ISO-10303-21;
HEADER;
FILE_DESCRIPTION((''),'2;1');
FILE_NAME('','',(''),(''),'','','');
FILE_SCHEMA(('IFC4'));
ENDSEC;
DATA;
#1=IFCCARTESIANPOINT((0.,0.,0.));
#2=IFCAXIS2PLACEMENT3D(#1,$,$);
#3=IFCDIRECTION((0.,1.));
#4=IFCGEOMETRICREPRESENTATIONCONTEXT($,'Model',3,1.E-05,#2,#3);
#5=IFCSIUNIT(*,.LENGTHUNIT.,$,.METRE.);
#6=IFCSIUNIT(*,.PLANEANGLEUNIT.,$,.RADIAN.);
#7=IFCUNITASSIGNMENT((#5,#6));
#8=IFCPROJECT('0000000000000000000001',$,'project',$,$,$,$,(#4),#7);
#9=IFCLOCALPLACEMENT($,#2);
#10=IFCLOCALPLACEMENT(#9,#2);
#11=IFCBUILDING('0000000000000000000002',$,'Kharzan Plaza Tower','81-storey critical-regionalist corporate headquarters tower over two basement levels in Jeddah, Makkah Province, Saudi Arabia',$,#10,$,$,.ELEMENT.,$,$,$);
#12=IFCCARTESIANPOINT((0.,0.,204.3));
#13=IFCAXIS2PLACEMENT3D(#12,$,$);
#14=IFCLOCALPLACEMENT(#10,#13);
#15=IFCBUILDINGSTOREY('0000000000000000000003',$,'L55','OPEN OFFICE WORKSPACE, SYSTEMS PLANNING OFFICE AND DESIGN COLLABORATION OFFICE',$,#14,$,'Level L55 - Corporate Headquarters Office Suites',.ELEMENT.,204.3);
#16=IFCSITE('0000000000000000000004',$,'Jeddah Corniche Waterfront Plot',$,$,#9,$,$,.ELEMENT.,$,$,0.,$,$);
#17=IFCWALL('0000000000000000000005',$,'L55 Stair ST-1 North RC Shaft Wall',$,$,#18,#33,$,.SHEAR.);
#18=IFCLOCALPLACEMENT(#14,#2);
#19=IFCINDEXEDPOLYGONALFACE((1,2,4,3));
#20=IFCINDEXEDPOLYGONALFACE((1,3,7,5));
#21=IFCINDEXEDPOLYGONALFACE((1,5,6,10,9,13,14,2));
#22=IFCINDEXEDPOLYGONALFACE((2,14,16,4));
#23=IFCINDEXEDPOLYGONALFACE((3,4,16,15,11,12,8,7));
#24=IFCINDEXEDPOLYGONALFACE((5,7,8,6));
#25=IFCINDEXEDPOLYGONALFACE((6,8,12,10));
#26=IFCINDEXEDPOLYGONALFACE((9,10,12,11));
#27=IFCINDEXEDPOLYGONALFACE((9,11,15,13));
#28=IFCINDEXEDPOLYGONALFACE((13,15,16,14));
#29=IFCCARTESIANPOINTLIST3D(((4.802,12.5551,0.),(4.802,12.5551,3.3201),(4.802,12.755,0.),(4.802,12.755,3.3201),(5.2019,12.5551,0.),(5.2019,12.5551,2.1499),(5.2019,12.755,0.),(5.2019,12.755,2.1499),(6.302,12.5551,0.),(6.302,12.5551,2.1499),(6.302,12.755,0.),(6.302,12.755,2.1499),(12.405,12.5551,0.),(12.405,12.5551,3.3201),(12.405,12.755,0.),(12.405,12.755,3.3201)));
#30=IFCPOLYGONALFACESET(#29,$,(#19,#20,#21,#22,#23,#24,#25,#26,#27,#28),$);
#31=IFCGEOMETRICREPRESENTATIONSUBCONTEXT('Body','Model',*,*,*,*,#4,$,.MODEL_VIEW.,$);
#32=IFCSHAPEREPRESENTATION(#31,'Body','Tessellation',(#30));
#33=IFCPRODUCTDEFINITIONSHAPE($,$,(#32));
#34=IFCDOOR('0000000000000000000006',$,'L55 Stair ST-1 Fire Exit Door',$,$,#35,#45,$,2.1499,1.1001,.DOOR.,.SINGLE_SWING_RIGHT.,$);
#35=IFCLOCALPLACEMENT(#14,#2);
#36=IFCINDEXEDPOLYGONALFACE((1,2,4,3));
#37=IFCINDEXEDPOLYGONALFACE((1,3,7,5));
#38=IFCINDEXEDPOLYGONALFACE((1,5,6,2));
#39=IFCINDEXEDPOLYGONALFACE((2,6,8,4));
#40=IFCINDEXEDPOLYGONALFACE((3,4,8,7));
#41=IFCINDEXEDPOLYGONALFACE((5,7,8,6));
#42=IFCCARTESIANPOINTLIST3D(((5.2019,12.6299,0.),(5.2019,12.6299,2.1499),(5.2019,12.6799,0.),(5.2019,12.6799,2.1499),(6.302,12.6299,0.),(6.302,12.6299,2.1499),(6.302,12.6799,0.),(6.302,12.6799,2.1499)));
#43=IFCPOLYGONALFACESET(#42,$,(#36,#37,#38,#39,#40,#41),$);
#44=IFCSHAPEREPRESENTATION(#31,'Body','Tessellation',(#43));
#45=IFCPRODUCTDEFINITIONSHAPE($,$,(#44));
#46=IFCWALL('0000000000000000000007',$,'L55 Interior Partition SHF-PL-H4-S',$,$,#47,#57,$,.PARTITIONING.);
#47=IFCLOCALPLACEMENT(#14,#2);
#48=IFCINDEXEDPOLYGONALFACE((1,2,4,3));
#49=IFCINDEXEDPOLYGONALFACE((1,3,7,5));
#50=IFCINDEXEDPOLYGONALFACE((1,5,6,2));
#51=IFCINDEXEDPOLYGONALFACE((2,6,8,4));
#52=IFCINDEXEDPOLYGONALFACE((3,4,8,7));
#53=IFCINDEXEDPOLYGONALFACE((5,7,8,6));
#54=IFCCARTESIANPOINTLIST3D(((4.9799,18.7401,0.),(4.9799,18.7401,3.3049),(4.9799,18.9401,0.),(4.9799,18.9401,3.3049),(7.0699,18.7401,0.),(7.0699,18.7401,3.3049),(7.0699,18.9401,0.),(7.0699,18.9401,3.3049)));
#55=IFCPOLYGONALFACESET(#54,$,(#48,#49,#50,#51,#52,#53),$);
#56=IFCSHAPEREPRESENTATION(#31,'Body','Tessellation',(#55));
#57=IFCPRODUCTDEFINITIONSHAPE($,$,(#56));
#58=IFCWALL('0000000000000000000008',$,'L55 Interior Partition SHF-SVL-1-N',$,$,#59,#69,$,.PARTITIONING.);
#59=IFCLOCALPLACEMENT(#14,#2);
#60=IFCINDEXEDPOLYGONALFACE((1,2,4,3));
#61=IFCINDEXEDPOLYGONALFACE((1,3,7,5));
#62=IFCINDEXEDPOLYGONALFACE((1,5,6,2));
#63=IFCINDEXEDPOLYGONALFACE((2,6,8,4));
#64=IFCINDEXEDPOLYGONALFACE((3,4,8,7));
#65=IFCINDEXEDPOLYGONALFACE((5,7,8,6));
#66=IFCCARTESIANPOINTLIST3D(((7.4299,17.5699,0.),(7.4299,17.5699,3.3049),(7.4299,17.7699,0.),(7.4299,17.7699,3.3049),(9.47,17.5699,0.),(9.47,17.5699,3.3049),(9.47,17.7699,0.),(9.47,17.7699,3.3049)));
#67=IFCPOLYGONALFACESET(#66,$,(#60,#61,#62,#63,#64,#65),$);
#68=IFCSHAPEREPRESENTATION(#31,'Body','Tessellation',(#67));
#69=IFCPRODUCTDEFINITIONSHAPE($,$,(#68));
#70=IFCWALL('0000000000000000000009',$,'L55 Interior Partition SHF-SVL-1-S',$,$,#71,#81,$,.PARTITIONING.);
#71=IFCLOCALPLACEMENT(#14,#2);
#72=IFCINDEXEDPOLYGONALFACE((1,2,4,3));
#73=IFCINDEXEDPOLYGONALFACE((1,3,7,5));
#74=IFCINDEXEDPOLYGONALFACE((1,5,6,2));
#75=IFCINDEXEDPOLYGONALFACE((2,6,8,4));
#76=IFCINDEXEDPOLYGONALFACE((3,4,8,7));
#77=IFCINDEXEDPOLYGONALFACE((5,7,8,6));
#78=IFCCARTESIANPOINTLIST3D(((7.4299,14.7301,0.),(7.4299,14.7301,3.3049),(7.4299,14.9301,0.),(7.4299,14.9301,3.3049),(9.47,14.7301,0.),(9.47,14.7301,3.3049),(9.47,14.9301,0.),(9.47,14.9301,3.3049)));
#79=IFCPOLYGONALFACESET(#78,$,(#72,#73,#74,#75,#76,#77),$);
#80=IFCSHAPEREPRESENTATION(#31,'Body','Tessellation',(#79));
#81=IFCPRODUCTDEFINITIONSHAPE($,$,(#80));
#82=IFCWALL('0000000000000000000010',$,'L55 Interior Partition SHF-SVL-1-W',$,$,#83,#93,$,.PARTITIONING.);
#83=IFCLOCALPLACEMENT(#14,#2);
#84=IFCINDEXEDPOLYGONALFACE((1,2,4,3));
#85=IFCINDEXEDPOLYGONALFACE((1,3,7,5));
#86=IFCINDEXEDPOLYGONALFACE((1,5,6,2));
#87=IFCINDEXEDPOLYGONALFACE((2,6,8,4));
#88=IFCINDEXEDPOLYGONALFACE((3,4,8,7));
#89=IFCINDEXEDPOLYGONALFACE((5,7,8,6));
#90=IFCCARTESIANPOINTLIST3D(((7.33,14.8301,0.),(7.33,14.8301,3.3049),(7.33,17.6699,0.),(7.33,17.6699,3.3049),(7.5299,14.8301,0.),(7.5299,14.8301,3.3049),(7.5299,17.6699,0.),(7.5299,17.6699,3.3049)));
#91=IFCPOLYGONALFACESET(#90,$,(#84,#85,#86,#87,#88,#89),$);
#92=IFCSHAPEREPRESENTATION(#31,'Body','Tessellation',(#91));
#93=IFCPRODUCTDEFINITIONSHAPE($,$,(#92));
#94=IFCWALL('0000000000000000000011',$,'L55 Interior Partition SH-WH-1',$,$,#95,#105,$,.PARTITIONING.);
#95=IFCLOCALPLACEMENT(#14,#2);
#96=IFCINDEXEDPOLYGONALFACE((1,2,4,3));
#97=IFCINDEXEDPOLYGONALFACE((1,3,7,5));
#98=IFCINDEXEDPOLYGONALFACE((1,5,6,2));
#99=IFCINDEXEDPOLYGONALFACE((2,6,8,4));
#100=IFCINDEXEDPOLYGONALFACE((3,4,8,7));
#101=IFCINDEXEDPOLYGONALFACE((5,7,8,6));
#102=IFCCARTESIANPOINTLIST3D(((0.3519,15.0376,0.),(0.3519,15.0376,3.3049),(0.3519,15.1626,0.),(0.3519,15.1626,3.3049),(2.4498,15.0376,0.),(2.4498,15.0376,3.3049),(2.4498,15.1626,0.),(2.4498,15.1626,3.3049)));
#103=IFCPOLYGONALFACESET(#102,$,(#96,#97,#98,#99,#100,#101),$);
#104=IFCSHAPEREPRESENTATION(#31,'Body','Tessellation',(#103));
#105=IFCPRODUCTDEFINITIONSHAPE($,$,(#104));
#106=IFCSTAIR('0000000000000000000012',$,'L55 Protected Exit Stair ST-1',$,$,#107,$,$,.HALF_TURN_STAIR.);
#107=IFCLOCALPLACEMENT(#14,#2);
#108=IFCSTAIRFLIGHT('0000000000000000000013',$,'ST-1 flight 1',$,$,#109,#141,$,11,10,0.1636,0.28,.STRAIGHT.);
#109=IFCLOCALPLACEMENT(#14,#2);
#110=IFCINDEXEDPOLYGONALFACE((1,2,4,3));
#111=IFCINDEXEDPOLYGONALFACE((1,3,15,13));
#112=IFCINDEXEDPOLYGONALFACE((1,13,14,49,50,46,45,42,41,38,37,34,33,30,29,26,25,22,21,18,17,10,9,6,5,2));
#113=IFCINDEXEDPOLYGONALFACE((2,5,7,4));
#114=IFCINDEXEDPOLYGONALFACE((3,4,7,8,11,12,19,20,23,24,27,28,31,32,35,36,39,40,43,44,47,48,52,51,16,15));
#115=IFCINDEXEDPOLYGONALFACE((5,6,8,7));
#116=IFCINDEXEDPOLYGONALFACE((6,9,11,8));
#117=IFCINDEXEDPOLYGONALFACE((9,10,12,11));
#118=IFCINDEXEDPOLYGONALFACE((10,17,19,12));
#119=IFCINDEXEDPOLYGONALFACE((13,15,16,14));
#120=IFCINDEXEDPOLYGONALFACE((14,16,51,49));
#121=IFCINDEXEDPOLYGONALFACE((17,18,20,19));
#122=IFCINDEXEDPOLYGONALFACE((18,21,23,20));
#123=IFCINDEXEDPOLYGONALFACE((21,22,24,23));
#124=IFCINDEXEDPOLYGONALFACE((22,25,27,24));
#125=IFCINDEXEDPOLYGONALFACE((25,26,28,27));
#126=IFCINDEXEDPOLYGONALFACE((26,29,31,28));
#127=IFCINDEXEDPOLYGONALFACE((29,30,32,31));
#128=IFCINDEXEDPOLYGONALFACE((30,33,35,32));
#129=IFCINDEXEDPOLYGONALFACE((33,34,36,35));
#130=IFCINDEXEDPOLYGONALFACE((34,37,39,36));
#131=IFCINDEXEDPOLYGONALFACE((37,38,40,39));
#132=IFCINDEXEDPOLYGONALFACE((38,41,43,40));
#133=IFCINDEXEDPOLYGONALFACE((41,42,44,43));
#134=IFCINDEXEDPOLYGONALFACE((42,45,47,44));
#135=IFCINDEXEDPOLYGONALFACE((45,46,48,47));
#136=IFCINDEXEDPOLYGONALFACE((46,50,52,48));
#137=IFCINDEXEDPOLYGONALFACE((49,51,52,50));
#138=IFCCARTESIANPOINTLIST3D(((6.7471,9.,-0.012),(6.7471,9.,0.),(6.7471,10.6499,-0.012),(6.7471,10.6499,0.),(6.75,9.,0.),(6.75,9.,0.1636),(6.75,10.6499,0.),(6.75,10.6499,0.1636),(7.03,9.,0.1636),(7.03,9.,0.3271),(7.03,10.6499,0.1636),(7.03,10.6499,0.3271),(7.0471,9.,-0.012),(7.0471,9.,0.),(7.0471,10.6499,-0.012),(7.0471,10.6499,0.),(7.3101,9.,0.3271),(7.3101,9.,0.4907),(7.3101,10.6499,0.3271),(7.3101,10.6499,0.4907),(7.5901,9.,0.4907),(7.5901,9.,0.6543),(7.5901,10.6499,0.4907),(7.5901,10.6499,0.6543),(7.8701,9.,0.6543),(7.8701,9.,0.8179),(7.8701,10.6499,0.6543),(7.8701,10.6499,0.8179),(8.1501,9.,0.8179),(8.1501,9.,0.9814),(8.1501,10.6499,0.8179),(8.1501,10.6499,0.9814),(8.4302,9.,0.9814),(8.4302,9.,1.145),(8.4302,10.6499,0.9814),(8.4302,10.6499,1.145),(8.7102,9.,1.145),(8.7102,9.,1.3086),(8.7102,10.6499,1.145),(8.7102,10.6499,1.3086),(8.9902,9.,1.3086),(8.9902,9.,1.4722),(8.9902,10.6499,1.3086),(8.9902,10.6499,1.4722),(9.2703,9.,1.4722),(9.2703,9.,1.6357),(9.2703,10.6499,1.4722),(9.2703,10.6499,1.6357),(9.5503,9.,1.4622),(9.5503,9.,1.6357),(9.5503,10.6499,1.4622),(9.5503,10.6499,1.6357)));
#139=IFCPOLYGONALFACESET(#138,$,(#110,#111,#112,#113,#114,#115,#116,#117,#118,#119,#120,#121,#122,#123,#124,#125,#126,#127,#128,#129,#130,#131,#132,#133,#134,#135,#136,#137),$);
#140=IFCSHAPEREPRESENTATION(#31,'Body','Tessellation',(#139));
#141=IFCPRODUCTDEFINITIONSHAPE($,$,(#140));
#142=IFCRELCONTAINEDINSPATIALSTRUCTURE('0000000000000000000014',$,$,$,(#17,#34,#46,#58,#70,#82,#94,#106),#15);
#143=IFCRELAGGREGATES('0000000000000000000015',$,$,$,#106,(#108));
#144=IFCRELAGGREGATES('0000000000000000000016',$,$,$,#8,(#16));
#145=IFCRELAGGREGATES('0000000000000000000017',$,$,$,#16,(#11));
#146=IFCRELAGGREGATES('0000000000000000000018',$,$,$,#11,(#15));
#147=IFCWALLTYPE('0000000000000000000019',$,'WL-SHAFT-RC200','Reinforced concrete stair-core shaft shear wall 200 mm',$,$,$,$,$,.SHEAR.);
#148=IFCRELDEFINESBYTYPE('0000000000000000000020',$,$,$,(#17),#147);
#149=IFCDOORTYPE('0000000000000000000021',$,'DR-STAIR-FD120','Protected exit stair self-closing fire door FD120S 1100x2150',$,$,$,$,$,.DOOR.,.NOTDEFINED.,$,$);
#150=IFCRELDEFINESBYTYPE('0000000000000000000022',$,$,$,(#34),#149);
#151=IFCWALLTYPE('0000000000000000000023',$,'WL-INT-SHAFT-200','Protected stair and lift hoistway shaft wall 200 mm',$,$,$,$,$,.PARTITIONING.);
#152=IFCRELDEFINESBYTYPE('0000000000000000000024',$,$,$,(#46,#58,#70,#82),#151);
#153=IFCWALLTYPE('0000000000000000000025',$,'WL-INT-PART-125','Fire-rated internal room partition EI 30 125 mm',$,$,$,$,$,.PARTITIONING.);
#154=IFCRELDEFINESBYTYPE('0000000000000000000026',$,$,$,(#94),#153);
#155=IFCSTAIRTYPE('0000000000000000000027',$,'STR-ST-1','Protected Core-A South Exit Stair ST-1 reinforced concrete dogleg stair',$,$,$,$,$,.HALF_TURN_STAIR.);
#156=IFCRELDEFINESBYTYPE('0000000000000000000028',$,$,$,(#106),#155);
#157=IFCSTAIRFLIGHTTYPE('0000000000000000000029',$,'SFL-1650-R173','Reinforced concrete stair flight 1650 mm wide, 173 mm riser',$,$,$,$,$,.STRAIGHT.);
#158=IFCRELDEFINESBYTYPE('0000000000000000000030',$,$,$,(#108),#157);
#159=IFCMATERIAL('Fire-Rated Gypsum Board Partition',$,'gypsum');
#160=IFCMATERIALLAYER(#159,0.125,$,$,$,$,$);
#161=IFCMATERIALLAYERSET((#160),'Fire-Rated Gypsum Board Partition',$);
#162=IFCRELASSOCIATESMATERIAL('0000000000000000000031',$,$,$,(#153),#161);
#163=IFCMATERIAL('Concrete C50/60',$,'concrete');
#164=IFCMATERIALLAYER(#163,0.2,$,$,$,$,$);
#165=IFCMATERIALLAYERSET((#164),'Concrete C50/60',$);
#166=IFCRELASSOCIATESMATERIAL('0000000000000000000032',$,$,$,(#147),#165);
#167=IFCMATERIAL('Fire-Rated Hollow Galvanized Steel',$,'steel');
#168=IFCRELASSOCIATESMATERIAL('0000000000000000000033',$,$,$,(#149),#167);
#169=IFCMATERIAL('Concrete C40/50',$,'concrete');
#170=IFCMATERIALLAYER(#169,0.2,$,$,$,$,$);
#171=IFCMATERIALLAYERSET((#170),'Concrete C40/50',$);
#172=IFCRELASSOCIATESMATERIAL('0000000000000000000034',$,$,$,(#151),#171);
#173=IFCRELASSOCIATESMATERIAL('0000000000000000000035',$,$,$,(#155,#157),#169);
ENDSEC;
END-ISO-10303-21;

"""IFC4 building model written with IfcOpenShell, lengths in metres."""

from ifc_helpers import new_model, si_unit, direction, frame, frame_2d, origin, place, context, subcontext, project, spatial, polyline, rectangle, outline, extrude, source, transform, mapped, material, layer, layer_set, type_object, element, fill, aggregate, save


model = new_model("IFC4")

# Units and contexts
model_context = context("Model", 3, precision=1e-05, world=origin(), true_north=direction((0.0, 1.0)))
body_context = subcontext(model_context, "Body", "Model", "MODEL_VIEW")
ifc_project = project(units=[si_unit("LENGTHUNIT", "METRE"), si_unit("PLANEANGLEUNIT", "RADIAN")], contexts=[model_context])

# Site, building, storey
site_placement = place(None, origin())
site = spatial("IfcSite", under=ifc_project, at=site_placement, Name="Jeddah Corniche Waterfront Plot", CompositionType="ELEMENT", RefElevation=0.0)
building_placement = place(site_placement, origin())
building = spatial("IfcBuilding", under=site, at=building_placement, Name="Kharzan Plaza Tower", Description="81-storey critical-regionalist corporate headquarters tower over two basement levels in Jeddah, Makkah Province, Saudi Arabia", CompositionType="ELEMENT")
storey_placement = place(building_placement, frame((0.0, 0.0, 204.3)))
storey = spatial("IfcBuildingStorey", under=building, at=storey_placement, Name="L55", Description="OPEN OFFICE WORKSPACE, SYSTEMS PLANNING OFFICE AND DESIGN COLLABORATION OFFICE", LongName="Level L55 - Corporate Headquarters Office Suites", CompositionType="ELEMENT", Elevation=204.3)

# Shared definitions
ifc_material_1 = material(Name="Concrete C50/60", Category="concrete")

# Shared definitions
ifc_material_2 = material(Name="Concrete C40/50", Category="concrete")

# Wall, opening, door
ifc_material_3 = material(Name="Fire-Rated Gypsum Board Partition", Category="gypsum")
ifc_layer_1 = layer(ifc_material_3, 0.125)
ifc_layer_set_1 = layer_set([ifc_layer_1], Name="Fire-Rated Gypsum Board Partition")
wall_type_1 = type_object("IfcWallType", Name="WL-INT-PART-125", Description="Fire-rated internal room partition EI 30 125 mm", PredefinedType="PARTITIONING", material=ifc_layer_set_1)
ifc_layer_2 = layer(ifc_material_1, 0.2)
ifc_layer_set_2 = layer_set([ifc_layer_2], Name="Concrete C50/60")
wall_type_2 = type_object("IfcWallType", Name="WL-SHAFT-RC200", Description="Reinforced concrete stair-core shaft shear wall 200 mm", PredefinedType="SHEAR", material=ifc_layer_set_2)
wall_1_placement = place(storey_placement, frame((4.802, 12.655, 0.0), z_axis=(0.0, 0.0, 1.0), x_axis=(1.0, 0.0, 0.0)))
wall_1 = element("IfcWall", 1, at=wall_1_placement, inside=storey, type_object=wall_type_2, Name="L55 Stair ST-1 North RC Shaft Wall", PredefinedType="SHEAR", context=body_context, shape_type="SweptSolid", body=[
    extrude(rectangle(XDim=7.603, YDim=0.2, at=frame_2d((3.8015, 0.0))), origin(), (0.0, 0.0, 1.0), 3.3201),
])
opening_1_placement = place(wall_1_placement, frame((0.3999, 0.0, 0.0)))
opening_1 = element("IfcOpeningElement", 2, at=opening_1_placement, cuts=wall_1, PredefinedType="OPENING", context=body_context, shape_type="SweptSolid", body=[
    extrude(rectangle(XDim=1.1001, YDim=2.1499, at=frame_2d((0.55, 1.075))), frame((0.0, 0.1099, 0.0), z_axis=(0.0, -1.0, 0.0), x_axis=(1.0, 0.0, 0.0)), (0.0, 0.0, 1.0), 0.22),
])
ifc_material_4 = material(Name="Fire-Rated Hollow Galvanized Steel", Category="steel")
door_type_1 = type_object("IfcDoorType", Name="DR-STAIR-FD120", Description="Protected exit stair self-closing fire door FD120S 1100x2150", OperationType="NOTDEFINED", PredefinedType="DOOR", material=ifc_material_4)
shared_shape_1 = source(origin(), body_context, "Body", "SweptSolid", [
    extrude(rectangle(XDim=1.1001, YDim=2.1499, at=frame_2d((0.55, 1.075))), frame((0.0, 0.0249, 0.0), z_axis=(0.0, -1.0, 0.0), x_axis=(1.0, 0.0, 0.0)), (0.0, 0.0, 1.0), 0.05),
])
door_1_placement = place(opening_1_placement, origin())
door_1 = element("IfcDoor", 3, at=door_1_placement, inside=storey, type_object=door_type_1, Name="L55 Stair ST-1 Fire Exit Door", OperationType="SINGLE_SWING_RIGHT", OverallHeight=2.1499, OverallWidth=1.1001, PredefinedType="DOOR", context=body_context, shape_type="MappedRepresentation", body=[
    mapped(shared_shape_1, transform((0.0, 0.0, 0.0), x_axis=(1.0, 0.0, 0.0), y_axis=(0.0, 1.0, 0.0), z_axis=(0.0, 0.0, 1.0))),
])
fill(opening_1, door_1)

# Walls
ifc_layer_3 = layer(ifc_material_2, 0.2)
ifc_layer_set_3 = layer_set([ifc_layer_3], Name="Concrete C40/50")
wall_type_3 = type_object("IfcWallType", Name="WL-INT-SHAFT-200", Description="Protected stair and lift hoistway shaft wall 200 mm", PredefinedType="PARTITIONING", material=ifc_layer_set_3)
shared_shape_2 = source(origin(), body_context, "Body", "SweptSolid", [
    extrude(rectangle(XDim=2.0901, YDim=0.2, at=frame_2d((1.0449, 0.0))), origin(), (0.0, 0.0, 1.0), 3.3049),
])
wall_2_placement = place(storey_placement, frame((4.98, 18.8401, 0.0), z_axis=(0.0, 0.0, 1.0), x_axis=(1.0, 0.0, 0.0)))
element("IfcWall", 4, at=wall_2_placement, inside=storey, type_object=wall_type_3, Name="L55 Interior Partition SHF-PL-H4-S", PredefinedType="PARTITIONING", context=body_context, shape_type="MappedRepresentation", body=[
    mapped(shared_shape_2, transform((0.0, 0.0, 0.0), x_axis=(1.0, 0.0, 0.0), y_axis=(0.0, 1.0, 0.0), z_axis=(0.0, 0.0, 1.0))),
])
shared_shape_3 = source(origin(), body_context, "Body", "SweptSolid", [
    extrude(rectangle(XDim=2.04, YDim=0.2, at=frame_2d((1.02, 0.0))), origin(), (0.0, 0.0, 1.0), 3.3049),
])
for number, where, z_axis, x_axis, name in (
    (5, (7.4299, 17.6699, 0.0), (0.0, 0.0, 1.0), (1.0, 0.0, 0.0), "L55 Interior Partition SHF-SVL-1-N"),
    (6, (7.4299, 14.8301, 0.0), (0.0, 0.0, 1.0), (1.0, 0.0, 0.0), "L55 Interior Partition SHF-SVL-1-S"),
):
    element("IfcWall", number, at=place(storey_placement, frame(where, z_axis=z_axis, x_axis=x_axis)), inside=storey, type_object=wall_type_3, Name=name, PredefinedType="PARTITIONING", context=body_context, shape_type="MappedRepresentation", body=[
        mapped(shared_shape_3, transform((0.0, 0.0, 0.0), x_axis=(1.0, 0.0, 0.0), y_axis=(0.0, 1.0, 0.0), z_axis=(0.0, 0.0, 1.0))),
    ])
shared_shape_4 = source(origin(), body_context, "Body", "SweptSolid", [
    extrude(rectangle(XDim=2.8398, YDim=0.2, at=frame_2d((1.4199, 0.0))), origin(), (0.0, 0.0, 1.0), 3.3049),
])
wall_3_placement = place(storey_placement, frame((7.4299, 14.8301, 0.0), z_axis=(0.0, 0.0, 1.0), x_axis=(0.0, 1.0, 0.0)))
element("IfcWall", 7, at=wall_3_placement, inside=storey, type_object=wall_type_3, Name="L55 Interior Partition SHF-SVL-1-W", PredefinedType="PARTITIONING", context=body_context, shape_type="MappedRepresentation", body=[
    mapped(shared_shape_4, transform((0.0, 0.0, 0.0), x_axis=(1.0, 0.0, 0.0), y_axis=(0.0, 1.0, 0.0), z_axis=(0.0, 0.0, 1.0))),
])
shared_shape_5 = source(origin(), body_context, "Body", "SweptSolid", [
    extrude(rectangle(XDim=2.0979, YDim=0.125, at=frame_2d((1.0488, 0.0))), origin(), (0.0, 0.0, 1.0), 3.3049),
])
wall_4_placement = place(storey_placement, frame((0.3521, 15.1001, 0.0), z_axis=(0.0, 0.0, 1.0), x_axis=(1.0, 0.0, 0.0)))
element("IfcWall", 8, at=wall_4_placement, inside=storey, type_object=wall_type_1, Name="L55 Interior Partition SH-WH-1", PredefinedType="PARTITIONING", context=body_context, shape_type="MappedRepresentation", body=[
    mapped(shared_shape_5, transform((0.0, 0.0, 0.0), x_axis=(1.0, 0.0, 0.0), y_axis=(0.0, 1.0, 0.0), z_axis=(0.0, 0.0, 1.0))),
])

# Stair, stair flight
stair_type = type_object("IfcStairType", Name="STR-ST-1", Description="Protected Core-A South Exit Stair ST-1 reinforced concrete dogleg stair", PredefinedType="HALF_TURN_STAIR", material=ifc_material_2)
stair_placement = place(storey_placement, origin())
stair = element("IfcStair", 9, at=stair_placement, inside=storey, type_object=stair_type, Name="L55 Protected Exit Stair ST-1", PredefinedType="HALF_TURN_STAIR")
stair_flight_type = type_object("IfcStairFlightType", Name="SFL-1650-R173", Description="Reinforced concrete stair flight 1650 mm wide, 173 mm riser", PredefinedType="STRAIGHT", material=ifc_material_2)
shared_shape_6 = source(origin(), body_context, "Body", "SweptSolid", [
    extrude(outline(polyline([(-0.0029, -0.012), (-0.0029, 0.0), (0.0, 0.0), (0.0, 0.1636), (0.28, 0.1636), (0.28, 0.3271), (0.5601, 0.3271), (0.5601, 0.4907), (0.8401, 0.4907), (0.8401, 0.6543), (1.1201, 0.6543), (1.1201, 0.8179), (1.4001, 0.8179), (1.4001, 0.9814), (1.6802, 0.9814), (1.6802, 1.145), (1.9602, 1.145), (1.9602, 1.3086), (2.2402, 1.3086), (2.2402, 1.4722), (2.5203, 1.4722), (2.5203, 1.6357), (2.8003, 1.6357), (2.8003, 1.7993), (2.8003, 1.4622), (0.2971, 0.0), (0.2971, -0.012), (-0.0029, -0.012)])), frame((0.0, 0.825, 0.0), z_axis=(0.0, -1.0, 0.0), x_axis=(1.0, 0.0, 0.0)), (0.0, 0.0, 1.0), 1.6499),
])
stair_flight_placement = place(storey_placement, frame((6.75, 9.825, 0.0), z_axis=(0.0, 0.0, 1.0), x_axis=(1.0, 0.0, 0.0)))
stair_flight = element("IfcStairFlight", 10, at=stair_flight_placement, type_object=stair_flight_type, Name="ST-1 flight 1", NumberOfRisers=11, NumberOfTreads=10, PredefinedType="STRAIGHT", RiserHeight=0.1636, TreadLength=0.28, context=body_context, shape_type="MappedRepresentation", body=[
    mapped(shared_shape_6, transform((0.0, 0.0, 0.0), x_axis=(1.0, 0.0, 0.0), y_axis=(0.0, 1.0, 0.0), z_axis=(0.0, 0.0, 1.0))),
])
aggregate(stair, [stair_flight])

save(model, "model.ifc")
